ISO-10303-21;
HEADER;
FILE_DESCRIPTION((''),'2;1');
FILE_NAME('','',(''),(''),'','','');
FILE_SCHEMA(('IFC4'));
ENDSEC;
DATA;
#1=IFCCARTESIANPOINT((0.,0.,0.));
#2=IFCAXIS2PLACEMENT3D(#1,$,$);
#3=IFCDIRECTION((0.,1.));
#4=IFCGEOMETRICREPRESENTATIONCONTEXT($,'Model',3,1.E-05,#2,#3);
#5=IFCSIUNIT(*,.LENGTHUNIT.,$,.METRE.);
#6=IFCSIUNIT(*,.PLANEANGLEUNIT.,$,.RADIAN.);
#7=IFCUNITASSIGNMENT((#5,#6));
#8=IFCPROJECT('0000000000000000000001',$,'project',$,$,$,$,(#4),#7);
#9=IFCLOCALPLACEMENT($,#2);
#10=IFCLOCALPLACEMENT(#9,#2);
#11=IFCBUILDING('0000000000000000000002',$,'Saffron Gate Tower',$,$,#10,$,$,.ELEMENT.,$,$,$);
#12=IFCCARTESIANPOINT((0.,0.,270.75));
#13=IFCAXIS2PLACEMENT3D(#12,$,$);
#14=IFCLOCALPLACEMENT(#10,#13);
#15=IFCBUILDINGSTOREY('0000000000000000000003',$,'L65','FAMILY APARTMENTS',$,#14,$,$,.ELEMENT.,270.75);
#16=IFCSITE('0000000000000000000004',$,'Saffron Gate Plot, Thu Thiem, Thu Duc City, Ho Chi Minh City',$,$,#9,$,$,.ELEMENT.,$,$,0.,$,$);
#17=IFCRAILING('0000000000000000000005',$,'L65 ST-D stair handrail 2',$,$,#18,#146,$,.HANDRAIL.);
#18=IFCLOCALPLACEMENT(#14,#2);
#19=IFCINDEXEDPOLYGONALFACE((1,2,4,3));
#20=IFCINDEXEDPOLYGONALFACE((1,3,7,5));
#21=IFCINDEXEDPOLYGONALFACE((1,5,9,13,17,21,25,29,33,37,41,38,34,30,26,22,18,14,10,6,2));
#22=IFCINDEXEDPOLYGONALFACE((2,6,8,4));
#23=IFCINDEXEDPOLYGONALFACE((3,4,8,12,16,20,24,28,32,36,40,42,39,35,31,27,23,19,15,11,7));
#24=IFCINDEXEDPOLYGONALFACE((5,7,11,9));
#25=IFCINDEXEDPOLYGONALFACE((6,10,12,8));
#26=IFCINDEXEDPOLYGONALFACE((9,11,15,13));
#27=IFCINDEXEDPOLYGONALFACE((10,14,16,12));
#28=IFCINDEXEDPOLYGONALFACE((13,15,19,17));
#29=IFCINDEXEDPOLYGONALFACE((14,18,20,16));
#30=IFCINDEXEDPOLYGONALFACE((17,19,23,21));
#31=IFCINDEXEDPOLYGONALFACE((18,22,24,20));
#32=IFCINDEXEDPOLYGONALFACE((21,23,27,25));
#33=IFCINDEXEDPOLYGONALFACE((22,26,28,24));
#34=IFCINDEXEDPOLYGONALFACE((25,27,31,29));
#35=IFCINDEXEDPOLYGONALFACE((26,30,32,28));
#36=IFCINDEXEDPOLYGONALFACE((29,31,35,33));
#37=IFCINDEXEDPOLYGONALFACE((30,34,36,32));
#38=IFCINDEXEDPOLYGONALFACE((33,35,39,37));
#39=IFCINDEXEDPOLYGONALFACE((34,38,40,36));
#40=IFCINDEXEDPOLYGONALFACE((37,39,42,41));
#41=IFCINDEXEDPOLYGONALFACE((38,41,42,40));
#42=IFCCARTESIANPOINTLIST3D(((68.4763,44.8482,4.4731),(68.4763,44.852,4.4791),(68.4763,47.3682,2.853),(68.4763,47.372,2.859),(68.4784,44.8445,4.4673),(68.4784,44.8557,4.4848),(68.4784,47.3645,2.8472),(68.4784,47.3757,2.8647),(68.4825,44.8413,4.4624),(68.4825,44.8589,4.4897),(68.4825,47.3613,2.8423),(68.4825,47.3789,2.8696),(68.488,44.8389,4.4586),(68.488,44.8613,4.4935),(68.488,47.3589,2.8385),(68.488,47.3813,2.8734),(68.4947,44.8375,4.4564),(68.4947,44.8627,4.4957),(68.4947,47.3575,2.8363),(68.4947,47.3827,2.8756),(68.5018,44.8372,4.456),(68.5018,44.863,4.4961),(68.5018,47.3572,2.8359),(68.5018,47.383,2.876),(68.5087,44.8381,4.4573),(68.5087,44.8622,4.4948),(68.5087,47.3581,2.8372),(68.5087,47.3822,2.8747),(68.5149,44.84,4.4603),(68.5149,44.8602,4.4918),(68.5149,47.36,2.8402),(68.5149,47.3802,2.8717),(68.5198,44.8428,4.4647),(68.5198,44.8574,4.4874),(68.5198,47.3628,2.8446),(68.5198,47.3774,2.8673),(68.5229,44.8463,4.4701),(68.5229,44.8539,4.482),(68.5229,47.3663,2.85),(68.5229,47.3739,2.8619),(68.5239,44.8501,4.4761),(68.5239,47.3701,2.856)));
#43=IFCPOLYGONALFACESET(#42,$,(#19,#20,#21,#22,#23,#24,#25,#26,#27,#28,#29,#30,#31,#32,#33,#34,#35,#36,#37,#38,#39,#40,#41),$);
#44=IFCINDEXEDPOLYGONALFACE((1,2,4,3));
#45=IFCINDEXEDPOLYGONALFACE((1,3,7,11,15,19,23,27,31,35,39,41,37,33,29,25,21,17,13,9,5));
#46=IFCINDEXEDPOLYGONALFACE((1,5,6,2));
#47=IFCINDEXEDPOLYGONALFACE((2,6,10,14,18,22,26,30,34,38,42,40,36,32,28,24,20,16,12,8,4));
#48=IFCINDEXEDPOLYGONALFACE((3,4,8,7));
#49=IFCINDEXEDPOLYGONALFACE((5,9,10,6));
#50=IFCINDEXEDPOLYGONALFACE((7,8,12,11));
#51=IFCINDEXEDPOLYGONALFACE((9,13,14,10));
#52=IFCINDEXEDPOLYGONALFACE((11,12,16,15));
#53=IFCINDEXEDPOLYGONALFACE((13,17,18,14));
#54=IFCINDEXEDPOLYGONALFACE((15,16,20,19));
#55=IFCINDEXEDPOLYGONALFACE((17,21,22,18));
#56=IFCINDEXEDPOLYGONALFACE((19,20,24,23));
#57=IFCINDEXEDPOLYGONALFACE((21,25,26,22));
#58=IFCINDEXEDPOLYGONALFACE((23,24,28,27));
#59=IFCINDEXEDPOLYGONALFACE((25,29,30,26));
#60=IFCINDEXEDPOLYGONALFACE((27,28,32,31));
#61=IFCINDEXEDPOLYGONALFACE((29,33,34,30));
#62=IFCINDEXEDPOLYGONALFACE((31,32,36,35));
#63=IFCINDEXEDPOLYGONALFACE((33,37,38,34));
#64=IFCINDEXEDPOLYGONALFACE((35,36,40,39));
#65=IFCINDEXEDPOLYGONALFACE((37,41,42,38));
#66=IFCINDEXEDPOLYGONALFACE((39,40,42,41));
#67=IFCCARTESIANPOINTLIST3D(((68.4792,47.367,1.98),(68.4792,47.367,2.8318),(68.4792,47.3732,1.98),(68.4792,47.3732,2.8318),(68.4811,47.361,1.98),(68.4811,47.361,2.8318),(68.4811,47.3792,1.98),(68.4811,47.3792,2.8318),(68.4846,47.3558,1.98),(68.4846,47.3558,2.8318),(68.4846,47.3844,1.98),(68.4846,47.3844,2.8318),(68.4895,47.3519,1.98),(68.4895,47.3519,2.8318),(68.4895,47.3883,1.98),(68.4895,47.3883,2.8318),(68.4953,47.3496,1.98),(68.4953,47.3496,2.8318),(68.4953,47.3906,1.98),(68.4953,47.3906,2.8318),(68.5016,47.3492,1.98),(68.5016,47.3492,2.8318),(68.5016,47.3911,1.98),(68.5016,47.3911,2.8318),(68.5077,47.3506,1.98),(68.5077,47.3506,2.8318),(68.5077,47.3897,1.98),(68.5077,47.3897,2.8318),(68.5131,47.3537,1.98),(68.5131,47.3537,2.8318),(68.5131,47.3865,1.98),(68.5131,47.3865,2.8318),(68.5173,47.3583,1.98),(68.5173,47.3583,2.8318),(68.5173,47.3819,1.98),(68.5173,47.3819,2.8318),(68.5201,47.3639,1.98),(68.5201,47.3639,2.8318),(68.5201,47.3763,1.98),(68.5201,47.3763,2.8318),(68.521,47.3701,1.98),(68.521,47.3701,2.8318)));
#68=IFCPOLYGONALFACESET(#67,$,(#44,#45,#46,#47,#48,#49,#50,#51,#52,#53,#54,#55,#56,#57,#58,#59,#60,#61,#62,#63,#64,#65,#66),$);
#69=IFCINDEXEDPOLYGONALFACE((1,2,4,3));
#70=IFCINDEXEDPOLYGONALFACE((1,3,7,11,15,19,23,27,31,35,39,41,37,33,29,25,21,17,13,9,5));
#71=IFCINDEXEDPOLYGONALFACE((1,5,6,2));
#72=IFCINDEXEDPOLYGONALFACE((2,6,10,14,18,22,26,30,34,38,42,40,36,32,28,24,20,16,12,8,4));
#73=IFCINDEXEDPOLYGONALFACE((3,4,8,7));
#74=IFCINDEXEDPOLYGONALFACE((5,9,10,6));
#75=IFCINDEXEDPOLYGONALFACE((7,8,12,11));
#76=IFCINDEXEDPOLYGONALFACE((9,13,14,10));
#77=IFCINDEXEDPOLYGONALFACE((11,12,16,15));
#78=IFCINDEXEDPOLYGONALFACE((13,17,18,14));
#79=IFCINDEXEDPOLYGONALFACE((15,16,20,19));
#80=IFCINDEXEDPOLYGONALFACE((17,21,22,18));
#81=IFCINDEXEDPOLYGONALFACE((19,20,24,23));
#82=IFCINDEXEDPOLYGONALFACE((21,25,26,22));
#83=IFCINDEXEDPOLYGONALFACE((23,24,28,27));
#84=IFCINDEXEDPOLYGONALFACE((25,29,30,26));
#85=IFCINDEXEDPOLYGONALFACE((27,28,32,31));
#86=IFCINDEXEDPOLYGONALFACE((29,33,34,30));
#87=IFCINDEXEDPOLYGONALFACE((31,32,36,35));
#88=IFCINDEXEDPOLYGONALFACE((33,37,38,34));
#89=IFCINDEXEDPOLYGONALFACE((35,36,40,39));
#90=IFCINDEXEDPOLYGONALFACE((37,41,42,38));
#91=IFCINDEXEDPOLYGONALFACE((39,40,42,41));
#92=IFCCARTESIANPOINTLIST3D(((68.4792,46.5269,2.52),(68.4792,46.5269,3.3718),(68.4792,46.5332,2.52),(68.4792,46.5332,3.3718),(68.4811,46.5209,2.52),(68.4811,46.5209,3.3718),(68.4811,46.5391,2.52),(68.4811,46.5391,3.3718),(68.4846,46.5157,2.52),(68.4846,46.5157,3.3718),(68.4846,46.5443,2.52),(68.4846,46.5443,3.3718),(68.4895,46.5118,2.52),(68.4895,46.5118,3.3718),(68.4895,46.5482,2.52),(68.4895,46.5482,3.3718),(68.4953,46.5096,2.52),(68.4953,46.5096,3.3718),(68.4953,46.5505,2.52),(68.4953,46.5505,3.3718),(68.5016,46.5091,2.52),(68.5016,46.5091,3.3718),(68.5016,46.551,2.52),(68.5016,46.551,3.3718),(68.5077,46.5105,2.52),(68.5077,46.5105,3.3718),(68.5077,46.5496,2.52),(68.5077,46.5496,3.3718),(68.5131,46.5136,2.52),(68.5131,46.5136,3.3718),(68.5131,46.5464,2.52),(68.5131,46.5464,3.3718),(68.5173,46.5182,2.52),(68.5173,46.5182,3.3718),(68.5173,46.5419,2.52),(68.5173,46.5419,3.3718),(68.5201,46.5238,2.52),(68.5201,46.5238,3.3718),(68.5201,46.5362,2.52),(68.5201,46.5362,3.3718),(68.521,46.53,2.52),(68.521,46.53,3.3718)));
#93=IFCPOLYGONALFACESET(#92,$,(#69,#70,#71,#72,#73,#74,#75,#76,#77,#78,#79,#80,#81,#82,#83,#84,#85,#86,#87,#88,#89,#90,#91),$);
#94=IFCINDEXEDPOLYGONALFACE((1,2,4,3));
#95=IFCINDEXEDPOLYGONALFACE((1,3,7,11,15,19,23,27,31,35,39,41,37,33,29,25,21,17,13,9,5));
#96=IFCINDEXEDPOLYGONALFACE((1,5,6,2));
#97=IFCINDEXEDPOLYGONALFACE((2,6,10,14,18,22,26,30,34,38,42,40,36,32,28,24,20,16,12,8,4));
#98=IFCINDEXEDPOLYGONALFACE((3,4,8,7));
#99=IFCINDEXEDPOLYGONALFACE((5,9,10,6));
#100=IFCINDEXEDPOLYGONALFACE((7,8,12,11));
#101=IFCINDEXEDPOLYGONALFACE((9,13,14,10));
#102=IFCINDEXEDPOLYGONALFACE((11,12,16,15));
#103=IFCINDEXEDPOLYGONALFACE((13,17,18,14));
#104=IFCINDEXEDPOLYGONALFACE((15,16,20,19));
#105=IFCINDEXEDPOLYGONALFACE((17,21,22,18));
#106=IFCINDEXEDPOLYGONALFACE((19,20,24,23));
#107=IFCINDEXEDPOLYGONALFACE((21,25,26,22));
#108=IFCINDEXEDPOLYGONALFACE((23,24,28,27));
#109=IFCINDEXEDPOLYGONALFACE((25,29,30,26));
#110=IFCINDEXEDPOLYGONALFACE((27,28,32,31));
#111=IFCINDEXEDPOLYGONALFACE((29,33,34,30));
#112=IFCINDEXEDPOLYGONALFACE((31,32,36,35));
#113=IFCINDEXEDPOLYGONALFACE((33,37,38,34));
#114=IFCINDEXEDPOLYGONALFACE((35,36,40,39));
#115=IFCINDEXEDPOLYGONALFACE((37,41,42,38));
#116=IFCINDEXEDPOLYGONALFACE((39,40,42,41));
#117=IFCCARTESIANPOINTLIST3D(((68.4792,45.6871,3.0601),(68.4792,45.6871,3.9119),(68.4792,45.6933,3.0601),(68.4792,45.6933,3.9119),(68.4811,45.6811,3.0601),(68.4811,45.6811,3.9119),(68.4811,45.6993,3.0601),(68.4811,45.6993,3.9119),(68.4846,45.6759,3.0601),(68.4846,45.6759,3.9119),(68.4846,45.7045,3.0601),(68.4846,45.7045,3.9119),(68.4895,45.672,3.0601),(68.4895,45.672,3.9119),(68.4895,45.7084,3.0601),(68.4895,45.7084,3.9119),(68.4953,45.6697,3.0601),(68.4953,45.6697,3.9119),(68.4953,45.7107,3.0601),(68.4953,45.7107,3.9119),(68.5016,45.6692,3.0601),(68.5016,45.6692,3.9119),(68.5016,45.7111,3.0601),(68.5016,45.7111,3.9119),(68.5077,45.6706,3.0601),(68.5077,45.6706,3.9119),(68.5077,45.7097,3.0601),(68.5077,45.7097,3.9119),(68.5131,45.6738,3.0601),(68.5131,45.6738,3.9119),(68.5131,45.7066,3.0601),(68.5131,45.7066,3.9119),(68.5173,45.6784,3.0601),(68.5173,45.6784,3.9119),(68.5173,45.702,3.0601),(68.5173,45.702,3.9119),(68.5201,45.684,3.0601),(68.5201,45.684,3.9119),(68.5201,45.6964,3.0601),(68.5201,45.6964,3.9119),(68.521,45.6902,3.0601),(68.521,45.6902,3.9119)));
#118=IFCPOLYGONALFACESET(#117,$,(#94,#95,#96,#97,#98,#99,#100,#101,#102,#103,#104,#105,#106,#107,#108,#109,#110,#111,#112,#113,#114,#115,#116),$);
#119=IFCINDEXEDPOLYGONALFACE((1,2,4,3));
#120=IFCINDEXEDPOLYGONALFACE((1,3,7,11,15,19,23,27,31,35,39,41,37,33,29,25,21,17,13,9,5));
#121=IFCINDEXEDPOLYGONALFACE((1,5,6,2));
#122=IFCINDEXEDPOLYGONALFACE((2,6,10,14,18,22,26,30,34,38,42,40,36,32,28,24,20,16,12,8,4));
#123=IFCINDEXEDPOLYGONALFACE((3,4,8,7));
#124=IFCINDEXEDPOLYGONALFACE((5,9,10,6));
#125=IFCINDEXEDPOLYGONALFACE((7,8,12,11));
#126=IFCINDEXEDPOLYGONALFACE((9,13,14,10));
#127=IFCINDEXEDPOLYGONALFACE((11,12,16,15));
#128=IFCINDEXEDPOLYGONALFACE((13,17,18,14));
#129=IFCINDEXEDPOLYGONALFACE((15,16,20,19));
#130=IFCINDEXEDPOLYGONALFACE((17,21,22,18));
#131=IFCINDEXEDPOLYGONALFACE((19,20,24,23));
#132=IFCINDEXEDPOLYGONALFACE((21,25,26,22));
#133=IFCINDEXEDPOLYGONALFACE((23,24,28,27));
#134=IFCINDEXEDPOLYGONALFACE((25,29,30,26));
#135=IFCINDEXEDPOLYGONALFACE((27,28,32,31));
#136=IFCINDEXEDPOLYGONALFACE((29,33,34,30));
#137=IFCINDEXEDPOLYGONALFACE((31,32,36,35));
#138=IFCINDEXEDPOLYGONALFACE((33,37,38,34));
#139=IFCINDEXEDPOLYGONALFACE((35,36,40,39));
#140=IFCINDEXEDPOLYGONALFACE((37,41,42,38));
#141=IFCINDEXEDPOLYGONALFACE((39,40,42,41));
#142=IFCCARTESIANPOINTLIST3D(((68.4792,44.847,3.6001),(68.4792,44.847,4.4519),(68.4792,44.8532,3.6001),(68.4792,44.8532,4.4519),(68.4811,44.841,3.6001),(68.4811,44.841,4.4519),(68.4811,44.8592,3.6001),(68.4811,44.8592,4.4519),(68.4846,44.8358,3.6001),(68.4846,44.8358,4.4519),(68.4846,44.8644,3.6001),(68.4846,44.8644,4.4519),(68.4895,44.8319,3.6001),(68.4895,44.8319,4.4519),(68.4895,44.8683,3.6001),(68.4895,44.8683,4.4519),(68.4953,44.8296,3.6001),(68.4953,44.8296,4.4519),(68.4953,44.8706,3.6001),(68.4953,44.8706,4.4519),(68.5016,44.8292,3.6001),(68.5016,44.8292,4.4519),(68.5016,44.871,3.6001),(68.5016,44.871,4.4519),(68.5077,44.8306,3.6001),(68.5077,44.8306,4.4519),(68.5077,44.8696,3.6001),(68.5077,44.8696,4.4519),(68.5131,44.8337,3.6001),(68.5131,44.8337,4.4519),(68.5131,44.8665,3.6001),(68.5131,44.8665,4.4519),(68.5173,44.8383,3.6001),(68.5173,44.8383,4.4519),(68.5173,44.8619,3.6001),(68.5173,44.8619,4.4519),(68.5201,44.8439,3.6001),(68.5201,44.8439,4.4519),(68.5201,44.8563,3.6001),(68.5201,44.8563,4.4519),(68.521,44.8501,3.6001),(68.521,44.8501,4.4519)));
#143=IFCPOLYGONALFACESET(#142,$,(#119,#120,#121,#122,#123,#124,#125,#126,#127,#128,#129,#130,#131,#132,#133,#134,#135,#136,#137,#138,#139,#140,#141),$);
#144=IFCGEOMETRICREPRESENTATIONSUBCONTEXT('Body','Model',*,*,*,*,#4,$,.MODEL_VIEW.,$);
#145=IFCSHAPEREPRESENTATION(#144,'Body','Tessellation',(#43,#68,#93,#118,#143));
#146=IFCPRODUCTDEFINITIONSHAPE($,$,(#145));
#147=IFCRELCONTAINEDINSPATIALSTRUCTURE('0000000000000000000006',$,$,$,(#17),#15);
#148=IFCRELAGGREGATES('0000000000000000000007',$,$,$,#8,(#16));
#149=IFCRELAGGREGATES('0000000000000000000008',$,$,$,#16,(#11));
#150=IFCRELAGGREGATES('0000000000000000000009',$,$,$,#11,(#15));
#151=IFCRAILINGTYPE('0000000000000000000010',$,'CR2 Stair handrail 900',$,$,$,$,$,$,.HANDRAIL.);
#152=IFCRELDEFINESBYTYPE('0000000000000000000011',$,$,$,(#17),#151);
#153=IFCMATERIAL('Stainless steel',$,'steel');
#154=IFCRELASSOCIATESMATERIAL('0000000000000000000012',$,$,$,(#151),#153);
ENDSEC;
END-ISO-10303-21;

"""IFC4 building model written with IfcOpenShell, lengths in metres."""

from ifc_helpers import new_model, si_unit, direction, frame, origin, origin_2d, place, context, subcontext, project, spatial, circle, extrude, material, type_object, element, save


model = new_model("IFC4")

# Units and contexts
model_context = context("Model", 3, precision=1e-05, world=origin(), true_north=direction((0.0, 1.0)))
body_context = subcontext(model_context, "Body", "Model", "MODEL_VIEW")
ifc_project = project(units=[si_unit("LENGTHUNIT", "METRE"), si_unit("PLANEANGLEUNIT", "RADIAN")], contexts=[model_context])

# Site, building, storey
site_placement = place(None, origin())
site = spatial("IfcSite", under=ifc_project, at=site_placement, Name="Saffron Gate Plot, Thu Thiem, Thu Duc City, Ho Chi Minh City", CompositionType="ELEMENT", RefElevation=0.0)
building_placement = place(site_placement, origin())
building = spatial("IfcBuilding", under=site, at=building_placement, Name="Saffron Gate Tower", CompositionType="ELEMENT")
storey_placement = place(building_placement, frame((0.0, 0.0, 270.75)))
storey = spatial("IfcBuildingStorey", under=building, at=storey_placement, Name="L65", Description="FAMILY APARTMENTS", CompositionType="ELEMENT", Elevation=270.75)

# Railing
ifc_material_1 = material(Name="Stainless steel", Category="steel")
railing_type_1 = type_object("IfcRailingType", Name="CR2 Stair handrail 900", PredefinedType="HANDRAIL", material=ifc_material_1)
railing_1_placement = place(storey_placement, frame((68.5, 47.3701, 1.98)))
element("IfcRailing", 1, at=railing_1_placement, inside=storey, type_object=railing_type_1, Name="L65 ST-D stair handrail 2", PredefinedType="HANDRAIL", context=body_context, shape_type="SweptSolid", body=[
    extrude(circle(Radius=0.0239, at=origin_2d()), frame((0.0, 0.0, 0.876), z_axis=(0.0, -0.841163, 0.540782), x_axis=(1.0, 0.0, 0.0)), (0.0, 0.0, 1.0), 2.9958),
    extrude(circle(Radius=0.021, at=origin_2d()), origin(), (0.0, 0.0, 1.0), 0.8518),
    extrude(circle(Radius=0.021, at=origin_2d()), frame((0.0, -0.8401, 0.54)), (0.0, 0.0, 1.0), 0.8518),
    extrude(circle(Radius=0.021, at=origin_2d()), frame((0.0, -1.6799, 1.0801)), (0.0, 0.0, 1.0), 0.8518),
    extrude(circle(Radius=0.021, at=origin_2d()), frame((0.0, -2.52, 1.6201)), (0.0, 0.0, 1.0), 0.8518),
])

save(model, "model.ifc")
